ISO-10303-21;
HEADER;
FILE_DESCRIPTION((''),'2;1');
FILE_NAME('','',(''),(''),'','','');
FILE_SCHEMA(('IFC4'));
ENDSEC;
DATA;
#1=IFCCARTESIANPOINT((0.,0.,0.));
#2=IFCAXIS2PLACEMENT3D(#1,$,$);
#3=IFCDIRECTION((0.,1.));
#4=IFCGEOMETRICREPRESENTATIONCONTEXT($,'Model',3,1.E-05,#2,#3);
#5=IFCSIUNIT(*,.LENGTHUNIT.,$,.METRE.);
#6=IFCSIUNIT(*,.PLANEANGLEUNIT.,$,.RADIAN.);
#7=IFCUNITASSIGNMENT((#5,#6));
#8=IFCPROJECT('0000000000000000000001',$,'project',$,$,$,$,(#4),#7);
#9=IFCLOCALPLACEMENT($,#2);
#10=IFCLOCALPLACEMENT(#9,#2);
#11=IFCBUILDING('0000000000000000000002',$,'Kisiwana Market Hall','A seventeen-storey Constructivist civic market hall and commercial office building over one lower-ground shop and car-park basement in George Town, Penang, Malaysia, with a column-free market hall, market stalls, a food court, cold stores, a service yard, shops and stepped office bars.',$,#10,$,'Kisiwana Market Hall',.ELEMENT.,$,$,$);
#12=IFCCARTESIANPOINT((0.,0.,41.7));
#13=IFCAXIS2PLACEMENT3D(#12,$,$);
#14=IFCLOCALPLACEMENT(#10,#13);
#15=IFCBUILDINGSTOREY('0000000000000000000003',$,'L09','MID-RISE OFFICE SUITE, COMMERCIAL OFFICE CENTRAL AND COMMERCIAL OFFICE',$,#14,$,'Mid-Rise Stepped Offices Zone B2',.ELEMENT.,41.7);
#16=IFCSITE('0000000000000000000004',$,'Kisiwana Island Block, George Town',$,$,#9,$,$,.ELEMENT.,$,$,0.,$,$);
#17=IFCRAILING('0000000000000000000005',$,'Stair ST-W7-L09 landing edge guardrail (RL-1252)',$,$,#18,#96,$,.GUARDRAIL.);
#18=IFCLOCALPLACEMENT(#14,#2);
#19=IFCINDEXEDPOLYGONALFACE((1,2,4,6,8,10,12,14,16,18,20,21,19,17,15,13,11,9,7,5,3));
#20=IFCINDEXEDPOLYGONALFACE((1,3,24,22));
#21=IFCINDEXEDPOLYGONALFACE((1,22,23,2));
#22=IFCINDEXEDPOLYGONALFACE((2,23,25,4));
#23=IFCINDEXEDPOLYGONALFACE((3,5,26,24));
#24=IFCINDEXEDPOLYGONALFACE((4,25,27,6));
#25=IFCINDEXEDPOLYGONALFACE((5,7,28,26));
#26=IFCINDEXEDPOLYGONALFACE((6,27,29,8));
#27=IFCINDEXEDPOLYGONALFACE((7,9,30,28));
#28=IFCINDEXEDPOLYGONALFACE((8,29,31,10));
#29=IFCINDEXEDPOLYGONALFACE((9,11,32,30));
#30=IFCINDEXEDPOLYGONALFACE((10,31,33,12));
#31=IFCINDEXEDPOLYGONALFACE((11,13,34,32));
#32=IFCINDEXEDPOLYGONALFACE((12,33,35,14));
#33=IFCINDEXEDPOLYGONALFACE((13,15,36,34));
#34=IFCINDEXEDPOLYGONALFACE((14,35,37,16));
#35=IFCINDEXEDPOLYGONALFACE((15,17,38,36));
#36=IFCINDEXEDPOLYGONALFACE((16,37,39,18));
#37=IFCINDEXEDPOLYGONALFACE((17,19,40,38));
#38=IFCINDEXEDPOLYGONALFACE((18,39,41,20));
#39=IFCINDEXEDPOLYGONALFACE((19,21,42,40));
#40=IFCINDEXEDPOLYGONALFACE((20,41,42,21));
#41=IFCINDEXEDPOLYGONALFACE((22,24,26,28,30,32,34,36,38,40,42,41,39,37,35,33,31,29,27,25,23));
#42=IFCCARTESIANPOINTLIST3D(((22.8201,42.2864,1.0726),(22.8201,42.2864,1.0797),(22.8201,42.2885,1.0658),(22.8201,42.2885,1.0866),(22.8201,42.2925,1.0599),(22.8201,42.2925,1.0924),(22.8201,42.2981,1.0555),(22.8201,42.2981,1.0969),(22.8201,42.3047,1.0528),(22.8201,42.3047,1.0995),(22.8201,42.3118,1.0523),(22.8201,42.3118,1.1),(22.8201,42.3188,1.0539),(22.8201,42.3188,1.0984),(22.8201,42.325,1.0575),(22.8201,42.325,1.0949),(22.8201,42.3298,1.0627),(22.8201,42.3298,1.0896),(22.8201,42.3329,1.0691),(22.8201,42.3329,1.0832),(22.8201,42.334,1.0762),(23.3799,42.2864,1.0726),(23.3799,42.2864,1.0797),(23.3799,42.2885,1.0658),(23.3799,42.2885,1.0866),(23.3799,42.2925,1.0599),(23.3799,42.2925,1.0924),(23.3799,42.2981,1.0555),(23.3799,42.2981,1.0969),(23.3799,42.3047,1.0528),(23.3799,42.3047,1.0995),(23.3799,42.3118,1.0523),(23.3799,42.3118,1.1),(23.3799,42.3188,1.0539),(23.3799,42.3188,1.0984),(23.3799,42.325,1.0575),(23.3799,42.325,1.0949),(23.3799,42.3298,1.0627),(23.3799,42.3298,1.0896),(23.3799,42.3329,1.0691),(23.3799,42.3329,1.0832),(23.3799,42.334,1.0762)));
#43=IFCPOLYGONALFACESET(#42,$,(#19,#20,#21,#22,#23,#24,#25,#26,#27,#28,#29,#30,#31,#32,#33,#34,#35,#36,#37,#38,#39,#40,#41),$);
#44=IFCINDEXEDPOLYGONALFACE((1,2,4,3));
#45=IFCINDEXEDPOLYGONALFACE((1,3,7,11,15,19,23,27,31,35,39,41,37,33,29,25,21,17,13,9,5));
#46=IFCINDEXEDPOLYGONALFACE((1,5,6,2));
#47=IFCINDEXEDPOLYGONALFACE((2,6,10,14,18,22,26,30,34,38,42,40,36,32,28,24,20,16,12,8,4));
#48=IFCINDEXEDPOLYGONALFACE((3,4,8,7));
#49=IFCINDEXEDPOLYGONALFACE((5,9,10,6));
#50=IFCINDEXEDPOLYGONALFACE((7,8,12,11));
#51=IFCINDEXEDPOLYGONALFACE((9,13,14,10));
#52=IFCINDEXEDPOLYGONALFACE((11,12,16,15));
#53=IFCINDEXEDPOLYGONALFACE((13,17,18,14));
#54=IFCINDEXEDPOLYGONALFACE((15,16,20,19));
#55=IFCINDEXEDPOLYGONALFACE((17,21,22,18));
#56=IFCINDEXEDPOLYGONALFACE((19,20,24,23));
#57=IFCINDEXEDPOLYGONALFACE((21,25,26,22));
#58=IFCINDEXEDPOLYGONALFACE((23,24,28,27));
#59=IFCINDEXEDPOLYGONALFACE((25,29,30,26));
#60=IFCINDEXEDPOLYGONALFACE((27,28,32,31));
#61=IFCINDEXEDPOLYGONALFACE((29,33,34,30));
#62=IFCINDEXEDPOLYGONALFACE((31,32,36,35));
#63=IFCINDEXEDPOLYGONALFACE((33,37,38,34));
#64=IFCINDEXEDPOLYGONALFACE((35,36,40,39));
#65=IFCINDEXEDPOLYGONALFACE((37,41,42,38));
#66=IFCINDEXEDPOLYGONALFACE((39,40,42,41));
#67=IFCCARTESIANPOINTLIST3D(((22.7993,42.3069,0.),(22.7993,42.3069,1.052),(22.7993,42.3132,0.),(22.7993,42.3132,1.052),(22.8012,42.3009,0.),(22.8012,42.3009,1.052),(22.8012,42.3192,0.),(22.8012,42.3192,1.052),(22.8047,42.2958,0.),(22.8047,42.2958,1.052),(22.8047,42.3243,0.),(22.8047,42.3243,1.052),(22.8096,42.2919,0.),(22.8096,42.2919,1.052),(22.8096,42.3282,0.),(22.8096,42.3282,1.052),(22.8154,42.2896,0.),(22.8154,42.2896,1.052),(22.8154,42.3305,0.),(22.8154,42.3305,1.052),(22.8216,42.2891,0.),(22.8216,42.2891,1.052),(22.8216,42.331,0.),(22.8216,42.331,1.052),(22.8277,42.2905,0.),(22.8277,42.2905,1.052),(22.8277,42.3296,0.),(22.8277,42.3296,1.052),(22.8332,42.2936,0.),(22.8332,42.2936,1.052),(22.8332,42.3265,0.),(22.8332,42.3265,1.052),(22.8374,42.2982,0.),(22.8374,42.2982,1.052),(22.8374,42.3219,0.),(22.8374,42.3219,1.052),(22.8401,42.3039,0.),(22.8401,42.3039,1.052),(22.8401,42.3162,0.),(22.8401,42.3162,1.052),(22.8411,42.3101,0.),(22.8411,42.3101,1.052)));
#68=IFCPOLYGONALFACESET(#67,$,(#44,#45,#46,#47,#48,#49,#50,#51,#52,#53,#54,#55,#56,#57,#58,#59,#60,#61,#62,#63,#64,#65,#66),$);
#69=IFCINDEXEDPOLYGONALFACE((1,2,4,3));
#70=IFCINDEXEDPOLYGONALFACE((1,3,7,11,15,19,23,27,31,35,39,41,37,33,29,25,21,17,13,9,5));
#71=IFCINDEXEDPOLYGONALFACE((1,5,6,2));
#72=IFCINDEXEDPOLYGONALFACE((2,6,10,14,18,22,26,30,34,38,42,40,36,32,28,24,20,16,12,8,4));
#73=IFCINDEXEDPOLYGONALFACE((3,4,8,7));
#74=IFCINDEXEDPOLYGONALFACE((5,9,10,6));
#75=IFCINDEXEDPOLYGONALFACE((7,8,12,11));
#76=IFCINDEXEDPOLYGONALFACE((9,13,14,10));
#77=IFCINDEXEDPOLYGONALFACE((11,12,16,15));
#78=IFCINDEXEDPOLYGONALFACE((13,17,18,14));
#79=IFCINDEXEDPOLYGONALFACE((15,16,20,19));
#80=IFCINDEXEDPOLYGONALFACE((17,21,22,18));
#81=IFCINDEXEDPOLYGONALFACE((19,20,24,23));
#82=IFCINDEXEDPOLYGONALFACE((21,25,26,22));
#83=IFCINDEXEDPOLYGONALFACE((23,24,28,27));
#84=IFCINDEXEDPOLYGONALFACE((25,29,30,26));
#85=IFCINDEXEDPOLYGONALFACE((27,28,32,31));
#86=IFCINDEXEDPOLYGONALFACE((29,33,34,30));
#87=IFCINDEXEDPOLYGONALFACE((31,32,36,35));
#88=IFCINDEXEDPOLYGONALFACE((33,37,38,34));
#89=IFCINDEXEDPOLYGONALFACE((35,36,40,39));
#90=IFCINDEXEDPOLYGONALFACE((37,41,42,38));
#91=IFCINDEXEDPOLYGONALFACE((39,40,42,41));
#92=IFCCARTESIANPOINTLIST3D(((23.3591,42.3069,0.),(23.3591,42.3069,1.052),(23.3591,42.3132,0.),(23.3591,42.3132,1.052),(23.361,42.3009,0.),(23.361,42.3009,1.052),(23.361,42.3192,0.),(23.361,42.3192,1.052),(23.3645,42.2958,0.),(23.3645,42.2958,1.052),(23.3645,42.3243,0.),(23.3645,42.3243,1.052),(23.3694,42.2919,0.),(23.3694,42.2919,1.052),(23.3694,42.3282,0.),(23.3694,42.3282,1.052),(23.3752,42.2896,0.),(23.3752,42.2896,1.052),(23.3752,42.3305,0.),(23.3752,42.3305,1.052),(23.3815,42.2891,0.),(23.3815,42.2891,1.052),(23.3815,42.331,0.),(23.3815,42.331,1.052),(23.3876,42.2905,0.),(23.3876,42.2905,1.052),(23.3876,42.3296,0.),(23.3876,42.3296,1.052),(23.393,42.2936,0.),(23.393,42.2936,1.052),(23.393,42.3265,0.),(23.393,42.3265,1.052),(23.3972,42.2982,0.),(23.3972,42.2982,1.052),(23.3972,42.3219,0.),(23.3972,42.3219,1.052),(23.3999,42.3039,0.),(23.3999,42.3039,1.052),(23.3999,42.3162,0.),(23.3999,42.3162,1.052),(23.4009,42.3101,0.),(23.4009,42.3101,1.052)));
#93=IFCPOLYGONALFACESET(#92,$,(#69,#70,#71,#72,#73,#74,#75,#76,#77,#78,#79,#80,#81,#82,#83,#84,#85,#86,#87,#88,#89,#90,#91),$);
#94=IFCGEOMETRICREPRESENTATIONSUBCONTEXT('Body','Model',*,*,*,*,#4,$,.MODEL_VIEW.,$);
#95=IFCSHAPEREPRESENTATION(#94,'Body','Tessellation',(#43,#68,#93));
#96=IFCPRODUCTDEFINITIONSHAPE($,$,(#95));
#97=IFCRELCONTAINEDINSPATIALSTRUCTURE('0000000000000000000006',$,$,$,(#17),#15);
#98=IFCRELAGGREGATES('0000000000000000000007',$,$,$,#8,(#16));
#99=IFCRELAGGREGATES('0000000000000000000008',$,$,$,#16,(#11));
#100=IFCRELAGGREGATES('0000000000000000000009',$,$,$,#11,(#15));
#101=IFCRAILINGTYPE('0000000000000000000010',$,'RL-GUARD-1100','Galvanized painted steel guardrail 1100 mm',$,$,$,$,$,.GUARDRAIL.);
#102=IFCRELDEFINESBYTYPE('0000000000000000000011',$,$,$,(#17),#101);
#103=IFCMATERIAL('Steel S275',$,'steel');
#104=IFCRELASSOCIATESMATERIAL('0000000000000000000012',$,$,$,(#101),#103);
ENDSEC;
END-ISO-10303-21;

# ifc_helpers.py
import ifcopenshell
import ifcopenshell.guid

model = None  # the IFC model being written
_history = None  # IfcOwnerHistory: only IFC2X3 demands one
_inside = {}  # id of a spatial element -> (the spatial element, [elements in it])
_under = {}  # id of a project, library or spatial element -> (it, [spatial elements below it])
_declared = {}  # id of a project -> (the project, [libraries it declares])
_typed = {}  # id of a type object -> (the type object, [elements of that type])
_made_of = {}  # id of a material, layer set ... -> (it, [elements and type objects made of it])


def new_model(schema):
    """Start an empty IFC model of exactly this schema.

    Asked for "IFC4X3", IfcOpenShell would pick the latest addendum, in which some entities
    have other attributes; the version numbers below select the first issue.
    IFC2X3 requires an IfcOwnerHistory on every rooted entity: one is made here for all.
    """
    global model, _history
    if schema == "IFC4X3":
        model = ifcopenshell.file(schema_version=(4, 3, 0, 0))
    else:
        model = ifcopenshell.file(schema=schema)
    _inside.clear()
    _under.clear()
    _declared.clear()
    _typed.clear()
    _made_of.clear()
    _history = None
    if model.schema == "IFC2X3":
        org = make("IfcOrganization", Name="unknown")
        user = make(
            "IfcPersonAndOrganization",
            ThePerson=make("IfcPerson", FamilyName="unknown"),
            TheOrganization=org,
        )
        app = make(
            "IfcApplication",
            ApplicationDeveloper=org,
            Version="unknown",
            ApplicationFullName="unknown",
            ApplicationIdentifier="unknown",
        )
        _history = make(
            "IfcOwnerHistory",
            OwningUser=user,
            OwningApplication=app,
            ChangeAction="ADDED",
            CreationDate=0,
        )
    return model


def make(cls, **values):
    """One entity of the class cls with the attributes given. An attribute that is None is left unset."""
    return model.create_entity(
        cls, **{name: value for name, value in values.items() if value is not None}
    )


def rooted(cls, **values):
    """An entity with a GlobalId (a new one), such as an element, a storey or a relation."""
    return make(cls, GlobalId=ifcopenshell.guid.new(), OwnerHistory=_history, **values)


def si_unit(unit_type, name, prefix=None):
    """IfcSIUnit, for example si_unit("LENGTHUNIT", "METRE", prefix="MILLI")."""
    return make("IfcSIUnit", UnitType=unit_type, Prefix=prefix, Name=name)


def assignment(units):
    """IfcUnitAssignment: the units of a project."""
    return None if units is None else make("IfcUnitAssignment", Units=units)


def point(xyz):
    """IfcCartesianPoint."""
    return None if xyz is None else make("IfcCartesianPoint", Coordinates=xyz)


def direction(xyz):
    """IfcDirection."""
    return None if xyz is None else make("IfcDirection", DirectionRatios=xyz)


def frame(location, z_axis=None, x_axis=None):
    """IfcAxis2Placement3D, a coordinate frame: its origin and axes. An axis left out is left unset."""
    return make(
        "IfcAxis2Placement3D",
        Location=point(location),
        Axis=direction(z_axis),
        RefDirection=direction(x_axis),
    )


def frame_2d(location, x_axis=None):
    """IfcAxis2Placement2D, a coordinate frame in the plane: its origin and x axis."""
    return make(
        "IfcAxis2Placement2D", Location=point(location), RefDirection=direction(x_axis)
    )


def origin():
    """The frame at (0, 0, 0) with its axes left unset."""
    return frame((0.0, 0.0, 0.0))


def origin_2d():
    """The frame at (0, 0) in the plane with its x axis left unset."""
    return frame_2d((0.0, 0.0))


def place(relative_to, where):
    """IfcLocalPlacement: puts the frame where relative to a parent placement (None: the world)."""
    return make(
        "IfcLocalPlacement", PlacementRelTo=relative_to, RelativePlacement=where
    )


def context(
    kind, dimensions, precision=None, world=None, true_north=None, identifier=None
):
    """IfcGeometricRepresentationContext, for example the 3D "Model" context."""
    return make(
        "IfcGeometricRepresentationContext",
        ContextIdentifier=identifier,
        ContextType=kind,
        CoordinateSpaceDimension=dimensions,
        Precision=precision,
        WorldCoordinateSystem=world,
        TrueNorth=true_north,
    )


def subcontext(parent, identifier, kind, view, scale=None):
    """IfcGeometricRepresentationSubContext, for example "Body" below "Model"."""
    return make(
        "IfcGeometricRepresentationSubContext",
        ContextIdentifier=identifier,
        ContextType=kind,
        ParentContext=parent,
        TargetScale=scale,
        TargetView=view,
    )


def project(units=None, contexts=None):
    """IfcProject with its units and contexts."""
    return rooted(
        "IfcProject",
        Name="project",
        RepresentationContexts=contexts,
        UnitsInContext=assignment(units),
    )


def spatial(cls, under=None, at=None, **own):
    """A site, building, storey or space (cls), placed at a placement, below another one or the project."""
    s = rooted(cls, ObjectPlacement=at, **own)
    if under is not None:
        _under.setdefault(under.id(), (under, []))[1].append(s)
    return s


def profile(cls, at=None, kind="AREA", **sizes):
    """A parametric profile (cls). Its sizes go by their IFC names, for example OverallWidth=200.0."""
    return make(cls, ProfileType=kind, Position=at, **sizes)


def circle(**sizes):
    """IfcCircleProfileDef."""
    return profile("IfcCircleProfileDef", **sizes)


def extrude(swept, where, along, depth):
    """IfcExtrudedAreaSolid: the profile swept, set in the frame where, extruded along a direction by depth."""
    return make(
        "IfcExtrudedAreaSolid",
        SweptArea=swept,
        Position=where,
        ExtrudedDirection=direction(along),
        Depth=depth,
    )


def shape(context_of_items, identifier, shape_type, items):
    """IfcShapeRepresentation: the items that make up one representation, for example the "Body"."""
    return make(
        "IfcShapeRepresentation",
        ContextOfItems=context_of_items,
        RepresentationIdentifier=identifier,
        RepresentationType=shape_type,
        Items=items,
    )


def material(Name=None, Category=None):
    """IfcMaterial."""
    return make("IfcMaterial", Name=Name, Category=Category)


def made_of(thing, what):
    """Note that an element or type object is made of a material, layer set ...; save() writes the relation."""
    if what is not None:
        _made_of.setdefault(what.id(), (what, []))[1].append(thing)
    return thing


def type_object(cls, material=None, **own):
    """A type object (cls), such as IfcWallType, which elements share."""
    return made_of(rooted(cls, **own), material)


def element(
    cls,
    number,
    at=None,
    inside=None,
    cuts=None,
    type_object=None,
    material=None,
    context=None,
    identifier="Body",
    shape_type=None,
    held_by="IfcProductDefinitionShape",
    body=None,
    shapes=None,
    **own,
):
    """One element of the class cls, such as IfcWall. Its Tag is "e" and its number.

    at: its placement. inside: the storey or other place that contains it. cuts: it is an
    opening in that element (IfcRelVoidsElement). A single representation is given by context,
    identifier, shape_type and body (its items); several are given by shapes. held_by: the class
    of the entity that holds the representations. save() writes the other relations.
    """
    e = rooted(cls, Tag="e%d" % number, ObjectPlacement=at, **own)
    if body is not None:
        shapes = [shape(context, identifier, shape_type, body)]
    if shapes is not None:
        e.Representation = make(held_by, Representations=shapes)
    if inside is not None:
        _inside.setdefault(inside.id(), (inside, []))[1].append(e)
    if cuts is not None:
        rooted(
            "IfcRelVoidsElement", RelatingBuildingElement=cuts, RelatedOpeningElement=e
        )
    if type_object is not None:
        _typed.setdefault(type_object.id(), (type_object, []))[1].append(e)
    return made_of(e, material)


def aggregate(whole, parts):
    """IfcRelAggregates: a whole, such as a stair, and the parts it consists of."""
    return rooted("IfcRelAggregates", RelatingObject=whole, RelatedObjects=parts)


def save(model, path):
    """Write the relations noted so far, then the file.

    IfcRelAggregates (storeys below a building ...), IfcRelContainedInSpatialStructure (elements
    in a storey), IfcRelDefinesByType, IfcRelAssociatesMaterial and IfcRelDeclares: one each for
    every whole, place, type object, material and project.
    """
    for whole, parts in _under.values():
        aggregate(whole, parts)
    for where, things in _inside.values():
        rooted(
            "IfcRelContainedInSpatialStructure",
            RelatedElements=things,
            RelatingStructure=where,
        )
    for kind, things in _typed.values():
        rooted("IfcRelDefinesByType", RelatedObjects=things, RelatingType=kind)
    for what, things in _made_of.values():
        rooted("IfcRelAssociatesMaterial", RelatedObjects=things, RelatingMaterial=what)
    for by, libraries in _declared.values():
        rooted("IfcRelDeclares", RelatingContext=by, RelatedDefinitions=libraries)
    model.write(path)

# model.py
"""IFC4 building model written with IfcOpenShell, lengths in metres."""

from ifc_helpers import new_model, si_unit, direction, frame, origin, origin_2d, place, context, subcontext, project, spatial, circle, extrude, material, type_object, element, save


model = new_model("IFC4")

# Units and contexts
model_context = context("Model", 3, precision=1e-05, world=origin(), true_north=direction((0.0, 1.0)))
body_context = subcontext(model_context, "Body", "Model", "MODEL_VIEW")
ifc_project = project(units=[si_unit("LENGTHUNIT", "METRE"), si_unit("PLANEANGLEUNIT", "RADIAN")], contexts=[model_context])

# Site, building, storey
site_placement = place(None, origin())
site = spatial("IfcSite", under=ifc_project, at=site_placement, Name="Kisiwana Island Block, George Town", CompositionType="ELEMENT", RefElevation=0.0)
building_placement = place(site_placement, origin())
building = spatial("IfcBuilding", under=site, at=building_placement, Name="Kisiwana Market Hall", Description="A seventeen-storey Constructivist civic market hall and commercial office building over one lower-ground shop and car-park basement in George Town, Penang, Malaysia, with a column-free market hall, market stalls, a food court, cold stores, a service yard, shops and stepped office bars.", LongName="Kisiwana Market Hall", CompositionType="ELEMENT")
storey_placement = place(building_placement, frame((0.0, 0.0, 41.7)))
storey = spatial("IfcBuildingStorey", under=building, at=storey_placement, Name="L09", Description="MID-RISE OFFICE SUITE, COMMERCIAL OFFICE CENTRAL AND COMMERCIAL OFFICE", LongName="Mid-Rise Stepped Offices Zone B2", CompositionType="ELEMENT", Elevation=41.7)

# Railing
ifc_material_1 = material(Name="Steel S275", Category="steel")
railing_type_1 = type_object("IfcRailingType", Name="RL-GUARD-1100", Description="Galvanized painted steel guardrail 1100 mm", PredefinedType="GUARDRAIL", material=ifc_material_1)
railing_1_placement = place(storey_placement, frame((22.8201, 42.3101, 0.0)))
element("IfcRailing", 1, at=railing_1_placement, inside=storey, type_object=railing_type_1, Name="Stair ST-W7-L09 landing edge guardrail (RL-1252)", PredefinedType="GUARDRAIL", context=body_context, shape_type="SweptSolid", body=[
    extrude(circle(Radius=0.0239, at=origin_2d()), frame((0.0, 0.0, 1.0762), z_axis=(1.0, 0.0, 0.0), x_axis=(0.0, 1.0, 0.0)), (0.0, 0.0, 1.0), 0.5598),
    extrude(circle(Radius=0.021, at=origin_2d()), origin(), (0.0, 0.0, 1.0), 1.052),
    extrude(circle(Radius=0.021, at=origin_2d()), frame((0.5598, 0.0, 0.0)), (0.0, 0.0, 1.0), 1.052),
])

save(model, "model.ifc")
